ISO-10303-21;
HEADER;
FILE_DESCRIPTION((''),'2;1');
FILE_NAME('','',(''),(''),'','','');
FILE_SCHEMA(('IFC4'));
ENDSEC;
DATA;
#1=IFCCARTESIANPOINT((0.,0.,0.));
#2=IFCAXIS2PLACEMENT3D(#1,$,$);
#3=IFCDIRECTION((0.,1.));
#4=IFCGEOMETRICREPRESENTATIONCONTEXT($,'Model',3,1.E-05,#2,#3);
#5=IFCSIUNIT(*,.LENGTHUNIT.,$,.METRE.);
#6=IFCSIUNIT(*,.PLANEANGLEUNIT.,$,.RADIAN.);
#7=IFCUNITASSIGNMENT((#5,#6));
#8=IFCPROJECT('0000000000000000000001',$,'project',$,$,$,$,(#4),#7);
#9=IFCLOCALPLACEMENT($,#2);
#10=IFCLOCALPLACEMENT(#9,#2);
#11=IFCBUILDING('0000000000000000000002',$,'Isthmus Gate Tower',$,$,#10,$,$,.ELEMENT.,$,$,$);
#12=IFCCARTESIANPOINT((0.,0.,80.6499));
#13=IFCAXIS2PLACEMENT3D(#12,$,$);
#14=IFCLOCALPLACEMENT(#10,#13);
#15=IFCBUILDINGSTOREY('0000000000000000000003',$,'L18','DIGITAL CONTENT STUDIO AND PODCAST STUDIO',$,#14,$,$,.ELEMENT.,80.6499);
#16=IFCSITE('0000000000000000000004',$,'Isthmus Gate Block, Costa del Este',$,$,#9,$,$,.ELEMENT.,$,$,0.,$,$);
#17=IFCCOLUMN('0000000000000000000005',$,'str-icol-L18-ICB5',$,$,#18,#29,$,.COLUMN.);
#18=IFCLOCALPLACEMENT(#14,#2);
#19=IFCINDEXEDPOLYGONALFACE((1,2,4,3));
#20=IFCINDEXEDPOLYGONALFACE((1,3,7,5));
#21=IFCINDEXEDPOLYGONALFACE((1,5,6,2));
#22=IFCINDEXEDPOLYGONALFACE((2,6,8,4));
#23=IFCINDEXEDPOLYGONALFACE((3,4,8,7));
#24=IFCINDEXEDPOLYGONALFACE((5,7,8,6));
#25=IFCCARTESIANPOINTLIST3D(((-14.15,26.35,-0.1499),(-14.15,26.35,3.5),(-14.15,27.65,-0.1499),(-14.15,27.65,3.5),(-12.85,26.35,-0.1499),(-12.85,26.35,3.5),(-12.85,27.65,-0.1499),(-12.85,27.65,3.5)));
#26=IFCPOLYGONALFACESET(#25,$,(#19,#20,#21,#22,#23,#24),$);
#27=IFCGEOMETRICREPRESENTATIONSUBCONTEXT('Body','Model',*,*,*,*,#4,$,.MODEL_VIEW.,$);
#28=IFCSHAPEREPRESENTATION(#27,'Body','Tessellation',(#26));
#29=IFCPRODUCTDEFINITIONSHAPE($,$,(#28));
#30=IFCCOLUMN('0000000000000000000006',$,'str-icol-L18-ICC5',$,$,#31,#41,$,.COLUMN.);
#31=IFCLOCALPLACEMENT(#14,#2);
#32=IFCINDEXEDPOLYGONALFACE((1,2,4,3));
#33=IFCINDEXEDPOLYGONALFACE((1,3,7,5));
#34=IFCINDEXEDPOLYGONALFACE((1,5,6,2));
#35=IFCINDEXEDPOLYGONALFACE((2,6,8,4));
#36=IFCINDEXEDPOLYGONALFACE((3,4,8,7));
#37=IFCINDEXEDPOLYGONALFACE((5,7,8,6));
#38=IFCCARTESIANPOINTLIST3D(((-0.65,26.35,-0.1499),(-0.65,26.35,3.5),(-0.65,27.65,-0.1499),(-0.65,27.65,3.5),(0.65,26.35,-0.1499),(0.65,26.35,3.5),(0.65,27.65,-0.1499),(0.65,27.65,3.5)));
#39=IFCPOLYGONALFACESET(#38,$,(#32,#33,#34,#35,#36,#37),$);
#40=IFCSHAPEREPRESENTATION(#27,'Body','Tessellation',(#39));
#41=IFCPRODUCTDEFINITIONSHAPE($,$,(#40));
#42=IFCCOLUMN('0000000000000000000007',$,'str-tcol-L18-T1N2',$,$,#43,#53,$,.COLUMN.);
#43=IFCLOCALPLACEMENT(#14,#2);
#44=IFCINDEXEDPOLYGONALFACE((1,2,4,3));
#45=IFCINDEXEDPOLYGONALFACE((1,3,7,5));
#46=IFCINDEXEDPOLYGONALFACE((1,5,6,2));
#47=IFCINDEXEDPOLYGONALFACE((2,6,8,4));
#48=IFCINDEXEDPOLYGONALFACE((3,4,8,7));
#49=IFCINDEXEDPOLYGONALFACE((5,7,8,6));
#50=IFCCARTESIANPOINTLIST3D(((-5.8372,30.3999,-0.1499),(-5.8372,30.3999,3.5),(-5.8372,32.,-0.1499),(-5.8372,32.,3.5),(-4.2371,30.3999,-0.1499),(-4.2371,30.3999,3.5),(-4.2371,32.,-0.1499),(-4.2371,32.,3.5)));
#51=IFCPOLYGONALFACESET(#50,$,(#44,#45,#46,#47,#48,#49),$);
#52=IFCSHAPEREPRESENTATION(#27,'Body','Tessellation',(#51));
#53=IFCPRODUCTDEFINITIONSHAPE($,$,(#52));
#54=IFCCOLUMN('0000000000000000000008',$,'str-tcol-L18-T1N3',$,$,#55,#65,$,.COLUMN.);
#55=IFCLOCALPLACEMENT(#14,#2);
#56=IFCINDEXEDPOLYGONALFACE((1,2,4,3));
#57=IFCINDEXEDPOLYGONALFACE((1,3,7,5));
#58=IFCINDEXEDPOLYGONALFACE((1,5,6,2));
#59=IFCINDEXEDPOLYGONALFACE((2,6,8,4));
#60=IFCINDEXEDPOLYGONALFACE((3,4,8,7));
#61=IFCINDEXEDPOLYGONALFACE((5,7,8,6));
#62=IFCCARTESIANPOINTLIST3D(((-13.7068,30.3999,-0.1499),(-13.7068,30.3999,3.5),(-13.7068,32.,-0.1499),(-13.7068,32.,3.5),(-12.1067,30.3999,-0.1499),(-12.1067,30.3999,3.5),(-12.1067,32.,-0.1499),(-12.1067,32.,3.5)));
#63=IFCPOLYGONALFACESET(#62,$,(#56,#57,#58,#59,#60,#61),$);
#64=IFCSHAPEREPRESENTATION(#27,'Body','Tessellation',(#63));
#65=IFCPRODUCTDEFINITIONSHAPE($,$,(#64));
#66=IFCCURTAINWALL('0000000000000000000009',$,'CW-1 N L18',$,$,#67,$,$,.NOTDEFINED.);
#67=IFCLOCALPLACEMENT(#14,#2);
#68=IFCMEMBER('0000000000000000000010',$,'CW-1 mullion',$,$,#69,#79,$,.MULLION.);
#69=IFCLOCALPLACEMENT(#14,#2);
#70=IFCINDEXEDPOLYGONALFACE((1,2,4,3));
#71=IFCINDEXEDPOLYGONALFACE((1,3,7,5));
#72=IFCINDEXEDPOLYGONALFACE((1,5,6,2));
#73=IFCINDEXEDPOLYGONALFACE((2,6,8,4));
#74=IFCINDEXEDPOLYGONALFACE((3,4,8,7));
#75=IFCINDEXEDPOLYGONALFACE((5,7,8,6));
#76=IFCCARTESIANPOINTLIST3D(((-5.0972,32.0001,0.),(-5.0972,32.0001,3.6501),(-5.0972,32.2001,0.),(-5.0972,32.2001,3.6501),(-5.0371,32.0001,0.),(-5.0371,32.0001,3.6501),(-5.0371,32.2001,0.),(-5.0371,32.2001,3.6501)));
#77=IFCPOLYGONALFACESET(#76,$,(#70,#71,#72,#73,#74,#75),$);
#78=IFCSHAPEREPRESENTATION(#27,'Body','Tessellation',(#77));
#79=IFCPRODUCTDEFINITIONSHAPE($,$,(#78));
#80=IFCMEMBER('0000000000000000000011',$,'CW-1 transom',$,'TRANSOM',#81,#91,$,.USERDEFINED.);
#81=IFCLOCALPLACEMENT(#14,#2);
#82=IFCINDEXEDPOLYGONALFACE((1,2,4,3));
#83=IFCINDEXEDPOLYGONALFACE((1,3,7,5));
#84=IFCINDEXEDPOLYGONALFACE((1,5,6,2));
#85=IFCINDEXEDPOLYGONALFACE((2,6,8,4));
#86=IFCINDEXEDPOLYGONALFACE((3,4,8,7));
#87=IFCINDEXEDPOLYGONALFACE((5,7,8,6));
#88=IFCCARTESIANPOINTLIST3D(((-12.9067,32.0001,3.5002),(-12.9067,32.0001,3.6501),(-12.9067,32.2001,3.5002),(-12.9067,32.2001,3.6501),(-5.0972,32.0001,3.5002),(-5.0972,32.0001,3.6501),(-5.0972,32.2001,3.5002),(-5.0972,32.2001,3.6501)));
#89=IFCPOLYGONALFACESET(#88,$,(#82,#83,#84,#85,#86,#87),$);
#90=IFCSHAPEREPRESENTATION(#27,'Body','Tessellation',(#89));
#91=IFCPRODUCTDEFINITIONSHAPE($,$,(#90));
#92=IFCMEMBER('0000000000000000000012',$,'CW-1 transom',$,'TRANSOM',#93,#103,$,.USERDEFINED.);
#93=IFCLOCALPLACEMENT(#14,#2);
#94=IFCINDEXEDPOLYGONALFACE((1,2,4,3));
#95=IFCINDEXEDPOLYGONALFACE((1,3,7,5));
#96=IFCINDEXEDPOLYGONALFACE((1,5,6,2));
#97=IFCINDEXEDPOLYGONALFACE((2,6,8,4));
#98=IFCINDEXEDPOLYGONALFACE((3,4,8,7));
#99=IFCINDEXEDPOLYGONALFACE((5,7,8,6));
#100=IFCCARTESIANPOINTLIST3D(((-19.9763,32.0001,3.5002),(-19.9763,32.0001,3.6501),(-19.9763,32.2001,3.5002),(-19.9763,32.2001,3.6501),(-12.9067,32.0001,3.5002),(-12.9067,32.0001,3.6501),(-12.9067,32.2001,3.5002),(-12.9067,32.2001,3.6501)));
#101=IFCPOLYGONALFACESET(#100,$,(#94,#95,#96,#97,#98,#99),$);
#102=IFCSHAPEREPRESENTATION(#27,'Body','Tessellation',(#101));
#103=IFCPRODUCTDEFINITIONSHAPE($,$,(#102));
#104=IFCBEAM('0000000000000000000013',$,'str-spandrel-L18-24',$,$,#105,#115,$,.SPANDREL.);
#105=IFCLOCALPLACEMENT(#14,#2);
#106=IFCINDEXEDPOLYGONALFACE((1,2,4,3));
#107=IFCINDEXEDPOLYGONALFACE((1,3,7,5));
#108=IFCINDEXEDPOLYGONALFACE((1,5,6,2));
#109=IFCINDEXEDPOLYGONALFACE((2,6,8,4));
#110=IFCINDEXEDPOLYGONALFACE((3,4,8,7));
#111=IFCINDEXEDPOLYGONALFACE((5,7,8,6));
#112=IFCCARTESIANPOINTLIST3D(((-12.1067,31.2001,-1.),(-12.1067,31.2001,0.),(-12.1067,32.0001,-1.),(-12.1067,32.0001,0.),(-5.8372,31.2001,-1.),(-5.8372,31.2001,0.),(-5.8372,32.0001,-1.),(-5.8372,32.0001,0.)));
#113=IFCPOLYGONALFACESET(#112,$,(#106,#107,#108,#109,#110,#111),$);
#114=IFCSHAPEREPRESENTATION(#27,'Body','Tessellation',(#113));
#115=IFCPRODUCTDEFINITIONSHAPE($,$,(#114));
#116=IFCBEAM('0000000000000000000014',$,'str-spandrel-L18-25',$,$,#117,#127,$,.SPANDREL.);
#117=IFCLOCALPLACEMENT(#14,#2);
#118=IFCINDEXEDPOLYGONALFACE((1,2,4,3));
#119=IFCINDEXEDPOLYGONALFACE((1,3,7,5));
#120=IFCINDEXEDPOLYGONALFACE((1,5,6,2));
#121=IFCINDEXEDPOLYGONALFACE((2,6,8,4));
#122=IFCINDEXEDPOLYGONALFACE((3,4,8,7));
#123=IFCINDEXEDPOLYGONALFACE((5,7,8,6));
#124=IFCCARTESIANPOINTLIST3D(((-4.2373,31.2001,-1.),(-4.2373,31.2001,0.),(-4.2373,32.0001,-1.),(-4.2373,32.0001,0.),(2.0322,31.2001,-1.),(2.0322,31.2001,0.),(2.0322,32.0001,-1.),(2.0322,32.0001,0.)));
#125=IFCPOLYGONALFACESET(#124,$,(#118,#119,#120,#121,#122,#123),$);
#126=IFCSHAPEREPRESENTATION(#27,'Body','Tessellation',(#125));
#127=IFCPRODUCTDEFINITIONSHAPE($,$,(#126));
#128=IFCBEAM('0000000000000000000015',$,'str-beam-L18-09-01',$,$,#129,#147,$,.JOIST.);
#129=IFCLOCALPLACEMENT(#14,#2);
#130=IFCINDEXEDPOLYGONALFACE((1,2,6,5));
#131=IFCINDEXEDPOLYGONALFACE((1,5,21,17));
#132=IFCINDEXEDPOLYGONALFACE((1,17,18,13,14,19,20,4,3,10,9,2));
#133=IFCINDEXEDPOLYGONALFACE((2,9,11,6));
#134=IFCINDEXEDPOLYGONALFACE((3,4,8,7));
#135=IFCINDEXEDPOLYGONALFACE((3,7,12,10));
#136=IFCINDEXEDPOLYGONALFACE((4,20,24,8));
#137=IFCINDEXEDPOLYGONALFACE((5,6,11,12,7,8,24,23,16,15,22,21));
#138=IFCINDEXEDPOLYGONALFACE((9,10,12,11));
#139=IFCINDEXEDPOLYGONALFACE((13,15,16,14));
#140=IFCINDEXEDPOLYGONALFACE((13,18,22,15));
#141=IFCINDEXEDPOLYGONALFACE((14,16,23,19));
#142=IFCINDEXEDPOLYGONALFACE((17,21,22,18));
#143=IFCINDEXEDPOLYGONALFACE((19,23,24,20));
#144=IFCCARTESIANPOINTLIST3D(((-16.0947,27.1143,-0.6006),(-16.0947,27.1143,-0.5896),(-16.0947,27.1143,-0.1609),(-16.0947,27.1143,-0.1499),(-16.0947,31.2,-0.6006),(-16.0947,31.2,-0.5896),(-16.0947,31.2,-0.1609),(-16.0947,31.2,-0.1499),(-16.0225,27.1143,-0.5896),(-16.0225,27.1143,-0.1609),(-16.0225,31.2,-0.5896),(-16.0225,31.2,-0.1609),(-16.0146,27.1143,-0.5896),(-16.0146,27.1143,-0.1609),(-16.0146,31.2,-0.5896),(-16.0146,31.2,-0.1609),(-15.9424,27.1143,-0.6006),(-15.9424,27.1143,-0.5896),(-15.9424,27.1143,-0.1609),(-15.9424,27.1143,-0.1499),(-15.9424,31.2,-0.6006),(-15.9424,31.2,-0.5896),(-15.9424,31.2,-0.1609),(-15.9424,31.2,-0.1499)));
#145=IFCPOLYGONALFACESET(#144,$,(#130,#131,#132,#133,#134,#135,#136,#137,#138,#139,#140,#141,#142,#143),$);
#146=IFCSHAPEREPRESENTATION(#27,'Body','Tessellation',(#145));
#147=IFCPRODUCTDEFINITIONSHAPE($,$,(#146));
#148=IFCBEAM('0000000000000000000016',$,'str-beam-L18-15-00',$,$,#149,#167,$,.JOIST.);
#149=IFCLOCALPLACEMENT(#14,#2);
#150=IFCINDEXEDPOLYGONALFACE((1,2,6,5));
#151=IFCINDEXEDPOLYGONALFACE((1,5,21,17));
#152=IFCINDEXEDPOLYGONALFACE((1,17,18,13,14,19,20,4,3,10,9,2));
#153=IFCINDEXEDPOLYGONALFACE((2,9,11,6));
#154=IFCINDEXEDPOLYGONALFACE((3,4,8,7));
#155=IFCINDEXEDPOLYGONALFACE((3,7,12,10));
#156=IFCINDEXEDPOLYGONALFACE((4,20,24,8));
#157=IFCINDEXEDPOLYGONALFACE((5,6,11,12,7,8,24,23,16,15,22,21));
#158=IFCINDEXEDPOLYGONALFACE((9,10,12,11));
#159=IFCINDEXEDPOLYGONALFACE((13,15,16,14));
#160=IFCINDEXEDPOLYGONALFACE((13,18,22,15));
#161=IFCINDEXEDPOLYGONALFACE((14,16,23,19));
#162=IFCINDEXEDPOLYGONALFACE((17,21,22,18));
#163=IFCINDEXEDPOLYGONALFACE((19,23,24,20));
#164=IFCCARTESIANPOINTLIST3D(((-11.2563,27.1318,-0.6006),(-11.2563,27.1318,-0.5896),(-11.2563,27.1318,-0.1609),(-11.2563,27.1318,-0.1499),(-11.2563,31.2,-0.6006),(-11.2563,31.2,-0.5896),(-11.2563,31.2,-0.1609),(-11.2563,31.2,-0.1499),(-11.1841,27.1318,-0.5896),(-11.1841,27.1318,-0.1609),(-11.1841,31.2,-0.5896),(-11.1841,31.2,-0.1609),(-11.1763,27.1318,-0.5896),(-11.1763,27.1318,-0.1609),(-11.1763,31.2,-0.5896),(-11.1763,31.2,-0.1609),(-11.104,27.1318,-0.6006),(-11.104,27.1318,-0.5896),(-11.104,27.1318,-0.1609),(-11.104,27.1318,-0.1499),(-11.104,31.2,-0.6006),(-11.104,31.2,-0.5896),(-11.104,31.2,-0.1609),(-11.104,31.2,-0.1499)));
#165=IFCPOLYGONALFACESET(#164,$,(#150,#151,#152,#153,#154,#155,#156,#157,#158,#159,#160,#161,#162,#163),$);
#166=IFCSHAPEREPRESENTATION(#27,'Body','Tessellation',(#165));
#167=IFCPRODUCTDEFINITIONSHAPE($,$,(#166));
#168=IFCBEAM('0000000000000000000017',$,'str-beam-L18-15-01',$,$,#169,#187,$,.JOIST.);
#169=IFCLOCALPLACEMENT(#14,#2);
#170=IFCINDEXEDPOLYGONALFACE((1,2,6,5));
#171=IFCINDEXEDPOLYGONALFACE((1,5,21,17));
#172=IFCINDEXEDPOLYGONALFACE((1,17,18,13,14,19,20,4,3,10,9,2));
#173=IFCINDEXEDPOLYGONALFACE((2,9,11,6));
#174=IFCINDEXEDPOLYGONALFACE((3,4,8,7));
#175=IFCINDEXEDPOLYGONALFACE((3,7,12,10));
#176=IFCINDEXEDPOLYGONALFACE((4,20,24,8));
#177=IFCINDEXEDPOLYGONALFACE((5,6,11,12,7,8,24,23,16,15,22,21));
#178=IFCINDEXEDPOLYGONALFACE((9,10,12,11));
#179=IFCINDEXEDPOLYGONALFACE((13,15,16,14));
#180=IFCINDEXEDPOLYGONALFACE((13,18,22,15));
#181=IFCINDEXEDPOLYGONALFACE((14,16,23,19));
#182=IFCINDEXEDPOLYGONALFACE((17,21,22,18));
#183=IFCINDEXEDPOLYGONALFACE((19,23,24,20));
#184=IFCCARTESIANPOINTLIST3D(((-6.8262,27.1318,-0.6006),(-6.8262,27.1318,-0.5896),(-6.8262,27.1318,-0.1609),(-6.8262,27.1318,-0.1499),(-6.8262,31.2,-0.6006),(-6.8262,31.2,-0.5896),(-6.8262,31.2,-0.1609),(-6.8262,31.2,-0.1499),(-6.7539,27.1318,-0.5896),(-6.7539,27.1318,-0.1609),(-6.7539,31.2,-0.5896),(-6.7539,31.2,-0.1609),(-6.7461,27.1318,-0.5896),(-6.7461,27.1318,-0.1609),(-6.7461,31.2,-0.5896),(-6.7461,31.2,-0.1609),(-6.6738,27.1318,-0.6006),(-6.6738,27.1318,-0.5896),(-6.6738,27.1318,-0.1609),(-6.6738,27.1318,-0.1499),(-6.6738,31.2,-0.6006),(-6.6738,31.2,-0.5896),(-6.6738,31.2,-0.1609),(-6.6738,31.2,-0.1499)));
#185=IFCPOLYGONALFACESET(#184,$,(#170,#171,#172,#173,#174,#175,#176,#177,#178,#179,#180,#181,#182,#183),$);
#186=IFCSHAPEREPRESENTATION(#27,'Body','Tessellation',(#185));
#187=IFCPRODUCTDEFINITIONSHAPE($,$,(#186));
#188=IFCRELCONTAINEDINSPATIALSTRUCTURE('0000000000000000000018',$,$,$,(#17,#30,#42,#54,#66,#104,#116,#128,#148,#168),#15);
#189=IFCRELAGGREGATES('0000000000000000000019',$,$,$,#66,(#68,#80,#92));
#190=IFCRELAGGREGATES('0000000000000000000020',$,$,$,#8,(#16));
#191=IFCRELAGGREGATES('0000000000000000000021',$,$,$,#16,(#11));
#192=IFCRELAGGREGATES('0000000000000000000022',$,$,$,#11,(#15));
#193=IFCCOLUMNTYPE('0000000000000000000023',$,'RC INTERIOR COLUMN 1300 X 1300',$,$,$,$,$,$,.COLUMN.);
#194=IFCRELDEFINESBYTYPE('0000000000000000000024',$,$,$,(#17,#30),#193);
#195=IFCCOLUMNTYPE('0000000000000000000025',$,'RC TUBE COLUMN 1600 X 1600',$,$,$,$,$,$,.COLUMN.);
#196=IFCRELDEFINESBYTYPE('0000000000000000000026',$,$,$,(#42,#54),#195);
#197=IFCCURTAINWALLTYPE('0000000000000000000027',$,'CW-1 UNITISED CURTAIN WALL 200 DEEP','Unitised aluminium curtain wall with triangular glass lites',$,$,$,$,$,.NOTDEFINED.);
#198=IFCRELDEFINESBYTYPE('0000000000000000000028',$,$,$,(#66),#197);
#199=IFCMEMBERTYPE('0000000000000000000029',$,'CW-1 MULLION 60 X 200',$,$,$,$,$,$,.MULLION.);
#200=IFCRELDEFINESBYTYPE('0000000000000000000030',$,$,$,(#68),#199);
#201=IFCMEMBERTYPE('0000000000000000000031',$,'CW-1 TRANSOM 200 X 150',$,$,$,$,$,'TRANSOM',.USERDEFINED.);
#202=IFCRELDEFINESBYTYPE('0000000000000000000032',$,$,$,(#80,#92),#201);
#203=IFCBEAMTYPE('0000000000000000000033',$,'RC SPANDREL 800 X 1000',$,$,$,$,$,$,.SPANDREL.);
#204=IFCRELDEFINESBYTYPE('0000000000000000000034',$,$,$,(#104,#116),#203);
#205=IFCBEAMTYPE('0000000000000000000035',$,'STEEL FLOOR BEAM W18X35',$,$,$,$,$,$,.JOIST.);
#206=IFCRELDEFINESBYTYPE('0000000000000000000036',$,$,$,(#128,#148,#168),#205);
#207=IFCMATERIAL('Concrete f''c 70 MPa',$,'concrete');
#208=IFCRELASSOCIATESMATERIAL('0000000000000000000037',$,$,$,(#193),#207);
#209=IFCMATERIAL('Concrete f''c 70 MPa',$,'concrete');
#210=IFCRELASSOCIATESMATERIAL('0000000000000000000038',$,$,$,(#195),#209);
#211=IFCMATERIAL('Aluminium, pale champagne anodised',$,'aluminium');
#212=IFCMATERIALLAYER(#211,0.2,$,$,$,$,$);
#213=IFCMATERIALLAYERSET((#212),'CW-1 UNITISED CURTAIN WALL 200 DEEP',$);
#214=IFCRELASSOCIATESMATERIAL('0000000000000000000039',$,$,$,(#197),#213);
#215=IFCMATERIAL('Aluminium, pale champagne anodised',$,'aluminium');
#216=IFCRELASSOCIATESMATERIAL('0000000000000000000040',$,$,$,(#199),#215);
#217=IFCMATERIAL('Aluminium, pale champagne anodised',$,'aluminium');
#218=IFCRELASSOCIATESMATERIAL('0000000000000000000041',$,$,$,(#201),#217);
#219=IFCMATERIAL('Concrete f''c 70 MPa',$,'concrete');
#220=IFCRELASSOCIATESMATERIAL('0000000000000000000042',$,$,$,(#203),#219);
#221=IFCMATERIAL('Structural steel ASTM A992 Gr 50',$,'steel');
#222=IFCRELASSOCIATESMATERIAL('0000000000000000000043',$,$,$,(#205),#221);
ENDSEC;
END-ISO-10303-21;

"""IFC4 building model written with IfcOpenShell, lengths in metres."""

from ifc_helpers import new_model, si_unit, direction, frame, origin, origin_2d, place, context, subcontext, project, spatial, rectangle, i_section, extrude, material, layer, layer_set, material_profile, profile_set, type_object, element, aggregate, save


model = new_model("IFC4")

# Units and contexts
model_context = context("Model", 3, precision=1e-05, world=origin(), true_north=direction((0.0, 1.0)))
body_context = subcontext(model_context, "Body", "Model", "MODEL_VIEW")
ifc_project = project(units=[si_unit("LENGTHUNIT", "METRE"), si_unit("PLANEANGLEUNIT", "RADIAN")], contexts=[model_context])

# Site, building, storey
site_placement = place(None, origin())
site = spatial("IfcSite", under=ifc_project, at=site_placement, Name="Isthmus Gate Block, Costa del Este", CompositionType="ELEMENT", RefElevation=0.0)
building_placement = place(site_placement, origin())
building = spatial("IfcBuilding", under=site, at=building_placement, Name="Isthmus Gate Tower", CompositionType="ELEMENT")
storey_placement = place(building_placement, frame((0.0, 0.0, 80.6499)))
storey = spatial("IfcBuildingStorey", under=building, at=storey_placement, Name="L18", Description="DIGITAL CONTENT STUDIO AND PODCAST STUDIO", CompositionType="ELEMENT", Elevation=80.6499)

# Columns
ifc_material_1 = material(Name="Concrete f'c 70 MPa", Category="concrete")
ifc_material_profile_1 = material_profile(ifc_material_1, rectangle(XDim=1.3, YDim=1.3, at=origin_2d()), Name="RC 1300X1300")
ifc_profile_set_1 = profile_set([ifc_material_profile_1], Name="Concrete f'c 70 MPa")
column_type_1 = type_object("IfcColumnType", Name="RC INTERIOR COLUMN 1300 X 1300", PredefinedType="COLUMN", material=ifc_profile_set_1)
for number, where, z_axis, x_axis, name in (
    (1, (-13.5, 27.0, -0.1499), (0.0, 0.0, 1.0), (1.0, 0.0, 0.0), "str-icol-L18-ICB5"),
    (2, (0.0, 27.0, -0.1499), (0.0, 0.0, 1.0), (1.0, 0.0, 0.0), "str-icol-L18-ICC5"),
):
    element("IfcColumn", number, at=place(storey_placement, frame(where, z_axis=z_axis, x_axis=x_axis)), inside=storey, type_object=column_type_1, Name=name, PredefinedType="COLUMN", context=body_context, shape_type="SweptSolid", body=[
        extrude(rectangle(XDim=1.3, YDim=1.3, at=origin_2d()), origin(), (0.0, 0.0, 1.0), 3.6499),
    ])
ifc_material_2 = material(Name="Concrete f'c 70 MPa", Category="concrete")
ifc_material_profile_2 = material_profile(ifc_material_2, rectangle(XDim=1.6001, YDim=1.6001, at=origin_2d()), Name="RC 1600X1600")
ifc_profile_set_2 = profile_set([ifc_material_profile_2], Name="Concrete f'c 70 MPa")
column_type_2 = type_object("IfcColumnType", Name="RC TUBE COLUMN 1600 X 1600", PredefinedType="COLUMN", material=ifc_profile_set_2)
for number, where, z_axis, x_axis, name in (
    (3, (-5.0371, 31.2, -0.1499), (0.0, 0.0, 1.0), (-1.0, 0.0, 0.0), "str-tcol-L18-T1N2"),
    (4, (-12.9067, 31.2, -0.1499), (0.0, 0.0, 1.0), (-1.0, 0.0, 0.0), "str-tcol-L18-T1N3"),
):
    element("IfcColumn", number, at=place(storey_placement, frame(where, z_axis=z_axis, x_axis=x_axis)), inside=storey, type_object=column_type_2, Name=name, PredefinedType="COLUMN", context=body_context, shape_type="SweptSolid", body=[
        extrude(rectangle(XDim=1.6001, YDim=1.6001, at=origin_2d()), origin(), (0.0, 0.0, 1.0), 3.6499),
    ])

# Curtain wall, members
ifc_material_3 = material(Name="Aluminium, pale champagne anodised", Category="aluminium")
ifc_layer_1 = layer(ifc_material_3, 0.2)
ifc_layer_set_1 = layer_set([ifc_layer_1], Name="CW-1 UNITISED CURTAIN WALL 200 DEEP")
curtain_wall_type = type_object("IfcCurtainWallType", Name="CW-1 UNITISED CURTAIN WALL 200 DEEP", Description="Unitised aluminium curtain wall with triangular glass lites", PredefinedType="NOTDEFINED", material=ifc_layer_set_1)
curtain_wall_placement = place(storey_placement, origin())
curtain_wall = element("IfcCurtainWall", 5, at=curtain_wall_placement, inside=storey, type_object=curtain_wall_type, Name="CW-1 N L18", PredefinedType="NOTDEFINED")
ifc_material_4 = material(Name="Aluminium, pale champagne anodised", Category="aluminium")
ifc_material_profile_3 = material_profile(ifc_material_4, rectangle(XDim=0.0601, YDim=0.2, at=origin_2d()), Name="60x200")
ifc_profile_set_3 = profile_set([ifc_material_profile_3], Name="Aluminium, pale champagne anodised")
member_type_1 = type_object("IfcMemberType", Name="CW-1 MULLION 60 X 200", PredefinedType="MULLION", material=ifc_profile_set_3)
member_1_placement = place(storey_placement, frame((-5.0671, 32.1001, 0.0), z_axis=(0.0, 0.0, 1.0), x_axis=(-1.0, 0.0, 0.0)))
member_1 = element("IfcMember", 6, at=member_1_placement, type_object=member_type_1, Name="CW-1 mullion", PredefinedType="MULLION", context=body_context, shape_type="SweptSolid", body=[
    extrude(rectangle(XDim=0.0601, YDim=0.2, at=origin_2d()), origin(), (0.0, 0.0, 1.0), 3.6501),
])
ifc_material_5 = material(Name="Aluminium, pale champagne anodised", Category="aluminium")
ifc_material_profile_4 = material_profile(ifc_material_5, rectangle(XDim=0.2, YDim=0.1499, at=origin_2d()), Name="200x150")
ifc_profile_set_4 = profile_set([ifc_material_profile_4], Name="Aluminium, pale champagne anodised")
member_type_2 = type_object("IfcMemberType", Name="CW-1 TRANSOM 200 X 150", ElementType="TRANSOM", PredefinedType="USERDEFINED", material=ifc_profile_set_4)
member_2_placement = place(storey_placement, frame((-5.0972, 32.1001, 3.5752), z_axis=(-1.0, 0.0, 0.0), x_axis=(0.0, -1.0, 0.0)))
member_2 = element("IfcMember", 7, at=member_2_placement, type_object=member_type_2, Name="CW-1 transom", ObjectType="TRANSOM", PredefinedType="USERDEFINED", context=body_context, shape_type="SweptSolid", body=[
    extrude(rectangle(XDim=0.2, YDim=0.1499, at=origin_2d()), origin(), (0.0, 0.0, 1.0), 7.8096),
])
member_3_placement = place(storey_placement, frame((-12.9067, 32.1001, 3.5752), z_axis=(-1.0, 0.0, 0.0), x_axis=(0.0, -1.0, 0.0)))
member_3 = element("IfcMember", 8, at=member_3_placement, type_object=member_type_2, Name="CW-1 transom", ObjectType="TRANSOM", PredefinedType="USERDEFINED", context=body_context, shape_type="SweptSolid", body=[
    extrude(rectangle(XDim=0.2, YDim=0.1499, at=origin_2d()), origin(), (0.0, 0.0, 1.0), 7.0696),
])

# Beams
ifc_material_6 = material(Name="Concrete f'c 70 MPa", Category="concrete")
ifc_material_profile_5 = material_profile(ifc_material_6, rectangle(XDim=0.8, YDim=1.0, at=origin_2d()), Name="RC 800X1000")
ifc_profile_set_5 = profile_set([ifc_material_profile_5], Name="Concrete f'c 70 MPa")
beam_type_1 = type_object("IfcBeamType", Name="RC SPANDREL 800 X 1000", PredefinedType="SPANDREL", material=ifc_profile_set_5)
for number, where, z_axis, x_axis, name in (
    (9, (-12.1067, 31.6001, -0.5), (1.0, 0.0, 0.0), (0.0, 1.0, 0.0), "str-spandrel-L18-24"),
    (10, (-4.2373, 31.6001, -0.5), (1.0, 0.0, 0.0), (0.0, 1.0, 0.0), "str-spandrel-L18-25"),
):
    element("IfcBeam", number, at=place(storey_placement, frame(where, z_axis=z_axis, x_axis=x_axis)), inside=storey, type_object=beam_type_1, Name=name, PredefinedType="SPANDREL", context=body_context, shape_type="SweptSolid", body=[
        extrude(rectangle(XDim=0.8, YDim=1.0, at=origin_2d()), origin(), (0.0, 0.0, 1.0), 6.2695),
    ])
ifc_material_7 = material(Name="Structural steel ASTM A992 Gr 50", Category="steel")
ifc_material_profile_6 = material_profile(ifc_material_7, i_section(OverallWidth=0.1523, OverallDepth=0.4507, WebThickness=0.0078, FlangeThickness=0.011, at=origin_2d()), Name="W18X35")
ifc_profile_set_6 = profile_set([ifc_material_profile_6], Name="Structural steel ASTM A992 Gr 50")
beam_type_2 = type_object("IfcBeamType", Name="STEEL FLOOR BEAM W18X35", PredefinedType="JOIST", material=ifc_profile_set_6)
beam_1_placement = place(storey_placement, frame((-16.0186, 27.1143, -0.3752), z_axis=(0.0, 1.0, 0.0), x_axis=(-1.0, 0.0, 0.0)))
element("IfcBeam", 11, at=beam_1_placement, inside=storey, type_object=beam_type_2, Name="str-beam-L18-09-01", PredefinedType="JOIST", context=body_context, shape_type="SweptSolid", body=[
    extrude(i_section(OverallWidth=0.1523, OverallDepth=0.4507, WebThickness=0.0078, FlangeThickness=0.011, at=origin_2d()), origin(), (0.0, 0.0, 1.0), 4.0857),
])
for number, where, z_axis, x_axis, name in (
    (12, (-11.1802, 27.1318, -0.3752), (0.0, 1.0, 0.0), (-1.0, 0.0, 0.0), "str-beam-L18-15-00"),
    (13, (-6.75, 27.1318, -0.3752), (0.0, 1.0, 0.0), (-1.0, 0.0, 0.0), "str-beam-L18-15-01"),
):
    element("IfcBeam", number, at=place(storey_placement, frame(where, z_axis=z_axis, x_axis=x_axis)), inside=storey, type_object=beam_type_2, Name=name, PredefinedType="JOIST", context=body_context, shape_type="SweptSolid", body=[
        extrude(i_section(OverallWidth=0.1523, OverallDepth=0.4507, WebThickness=0.0078, FlangeThickness=0.011, at=origin_2d()), origin(), (0.0, 0.0, 1.0), 4.0681),
    ])

aggregate(curtain_wall, [member_1, member_2, member_3])

save(model, "model.ifc")
